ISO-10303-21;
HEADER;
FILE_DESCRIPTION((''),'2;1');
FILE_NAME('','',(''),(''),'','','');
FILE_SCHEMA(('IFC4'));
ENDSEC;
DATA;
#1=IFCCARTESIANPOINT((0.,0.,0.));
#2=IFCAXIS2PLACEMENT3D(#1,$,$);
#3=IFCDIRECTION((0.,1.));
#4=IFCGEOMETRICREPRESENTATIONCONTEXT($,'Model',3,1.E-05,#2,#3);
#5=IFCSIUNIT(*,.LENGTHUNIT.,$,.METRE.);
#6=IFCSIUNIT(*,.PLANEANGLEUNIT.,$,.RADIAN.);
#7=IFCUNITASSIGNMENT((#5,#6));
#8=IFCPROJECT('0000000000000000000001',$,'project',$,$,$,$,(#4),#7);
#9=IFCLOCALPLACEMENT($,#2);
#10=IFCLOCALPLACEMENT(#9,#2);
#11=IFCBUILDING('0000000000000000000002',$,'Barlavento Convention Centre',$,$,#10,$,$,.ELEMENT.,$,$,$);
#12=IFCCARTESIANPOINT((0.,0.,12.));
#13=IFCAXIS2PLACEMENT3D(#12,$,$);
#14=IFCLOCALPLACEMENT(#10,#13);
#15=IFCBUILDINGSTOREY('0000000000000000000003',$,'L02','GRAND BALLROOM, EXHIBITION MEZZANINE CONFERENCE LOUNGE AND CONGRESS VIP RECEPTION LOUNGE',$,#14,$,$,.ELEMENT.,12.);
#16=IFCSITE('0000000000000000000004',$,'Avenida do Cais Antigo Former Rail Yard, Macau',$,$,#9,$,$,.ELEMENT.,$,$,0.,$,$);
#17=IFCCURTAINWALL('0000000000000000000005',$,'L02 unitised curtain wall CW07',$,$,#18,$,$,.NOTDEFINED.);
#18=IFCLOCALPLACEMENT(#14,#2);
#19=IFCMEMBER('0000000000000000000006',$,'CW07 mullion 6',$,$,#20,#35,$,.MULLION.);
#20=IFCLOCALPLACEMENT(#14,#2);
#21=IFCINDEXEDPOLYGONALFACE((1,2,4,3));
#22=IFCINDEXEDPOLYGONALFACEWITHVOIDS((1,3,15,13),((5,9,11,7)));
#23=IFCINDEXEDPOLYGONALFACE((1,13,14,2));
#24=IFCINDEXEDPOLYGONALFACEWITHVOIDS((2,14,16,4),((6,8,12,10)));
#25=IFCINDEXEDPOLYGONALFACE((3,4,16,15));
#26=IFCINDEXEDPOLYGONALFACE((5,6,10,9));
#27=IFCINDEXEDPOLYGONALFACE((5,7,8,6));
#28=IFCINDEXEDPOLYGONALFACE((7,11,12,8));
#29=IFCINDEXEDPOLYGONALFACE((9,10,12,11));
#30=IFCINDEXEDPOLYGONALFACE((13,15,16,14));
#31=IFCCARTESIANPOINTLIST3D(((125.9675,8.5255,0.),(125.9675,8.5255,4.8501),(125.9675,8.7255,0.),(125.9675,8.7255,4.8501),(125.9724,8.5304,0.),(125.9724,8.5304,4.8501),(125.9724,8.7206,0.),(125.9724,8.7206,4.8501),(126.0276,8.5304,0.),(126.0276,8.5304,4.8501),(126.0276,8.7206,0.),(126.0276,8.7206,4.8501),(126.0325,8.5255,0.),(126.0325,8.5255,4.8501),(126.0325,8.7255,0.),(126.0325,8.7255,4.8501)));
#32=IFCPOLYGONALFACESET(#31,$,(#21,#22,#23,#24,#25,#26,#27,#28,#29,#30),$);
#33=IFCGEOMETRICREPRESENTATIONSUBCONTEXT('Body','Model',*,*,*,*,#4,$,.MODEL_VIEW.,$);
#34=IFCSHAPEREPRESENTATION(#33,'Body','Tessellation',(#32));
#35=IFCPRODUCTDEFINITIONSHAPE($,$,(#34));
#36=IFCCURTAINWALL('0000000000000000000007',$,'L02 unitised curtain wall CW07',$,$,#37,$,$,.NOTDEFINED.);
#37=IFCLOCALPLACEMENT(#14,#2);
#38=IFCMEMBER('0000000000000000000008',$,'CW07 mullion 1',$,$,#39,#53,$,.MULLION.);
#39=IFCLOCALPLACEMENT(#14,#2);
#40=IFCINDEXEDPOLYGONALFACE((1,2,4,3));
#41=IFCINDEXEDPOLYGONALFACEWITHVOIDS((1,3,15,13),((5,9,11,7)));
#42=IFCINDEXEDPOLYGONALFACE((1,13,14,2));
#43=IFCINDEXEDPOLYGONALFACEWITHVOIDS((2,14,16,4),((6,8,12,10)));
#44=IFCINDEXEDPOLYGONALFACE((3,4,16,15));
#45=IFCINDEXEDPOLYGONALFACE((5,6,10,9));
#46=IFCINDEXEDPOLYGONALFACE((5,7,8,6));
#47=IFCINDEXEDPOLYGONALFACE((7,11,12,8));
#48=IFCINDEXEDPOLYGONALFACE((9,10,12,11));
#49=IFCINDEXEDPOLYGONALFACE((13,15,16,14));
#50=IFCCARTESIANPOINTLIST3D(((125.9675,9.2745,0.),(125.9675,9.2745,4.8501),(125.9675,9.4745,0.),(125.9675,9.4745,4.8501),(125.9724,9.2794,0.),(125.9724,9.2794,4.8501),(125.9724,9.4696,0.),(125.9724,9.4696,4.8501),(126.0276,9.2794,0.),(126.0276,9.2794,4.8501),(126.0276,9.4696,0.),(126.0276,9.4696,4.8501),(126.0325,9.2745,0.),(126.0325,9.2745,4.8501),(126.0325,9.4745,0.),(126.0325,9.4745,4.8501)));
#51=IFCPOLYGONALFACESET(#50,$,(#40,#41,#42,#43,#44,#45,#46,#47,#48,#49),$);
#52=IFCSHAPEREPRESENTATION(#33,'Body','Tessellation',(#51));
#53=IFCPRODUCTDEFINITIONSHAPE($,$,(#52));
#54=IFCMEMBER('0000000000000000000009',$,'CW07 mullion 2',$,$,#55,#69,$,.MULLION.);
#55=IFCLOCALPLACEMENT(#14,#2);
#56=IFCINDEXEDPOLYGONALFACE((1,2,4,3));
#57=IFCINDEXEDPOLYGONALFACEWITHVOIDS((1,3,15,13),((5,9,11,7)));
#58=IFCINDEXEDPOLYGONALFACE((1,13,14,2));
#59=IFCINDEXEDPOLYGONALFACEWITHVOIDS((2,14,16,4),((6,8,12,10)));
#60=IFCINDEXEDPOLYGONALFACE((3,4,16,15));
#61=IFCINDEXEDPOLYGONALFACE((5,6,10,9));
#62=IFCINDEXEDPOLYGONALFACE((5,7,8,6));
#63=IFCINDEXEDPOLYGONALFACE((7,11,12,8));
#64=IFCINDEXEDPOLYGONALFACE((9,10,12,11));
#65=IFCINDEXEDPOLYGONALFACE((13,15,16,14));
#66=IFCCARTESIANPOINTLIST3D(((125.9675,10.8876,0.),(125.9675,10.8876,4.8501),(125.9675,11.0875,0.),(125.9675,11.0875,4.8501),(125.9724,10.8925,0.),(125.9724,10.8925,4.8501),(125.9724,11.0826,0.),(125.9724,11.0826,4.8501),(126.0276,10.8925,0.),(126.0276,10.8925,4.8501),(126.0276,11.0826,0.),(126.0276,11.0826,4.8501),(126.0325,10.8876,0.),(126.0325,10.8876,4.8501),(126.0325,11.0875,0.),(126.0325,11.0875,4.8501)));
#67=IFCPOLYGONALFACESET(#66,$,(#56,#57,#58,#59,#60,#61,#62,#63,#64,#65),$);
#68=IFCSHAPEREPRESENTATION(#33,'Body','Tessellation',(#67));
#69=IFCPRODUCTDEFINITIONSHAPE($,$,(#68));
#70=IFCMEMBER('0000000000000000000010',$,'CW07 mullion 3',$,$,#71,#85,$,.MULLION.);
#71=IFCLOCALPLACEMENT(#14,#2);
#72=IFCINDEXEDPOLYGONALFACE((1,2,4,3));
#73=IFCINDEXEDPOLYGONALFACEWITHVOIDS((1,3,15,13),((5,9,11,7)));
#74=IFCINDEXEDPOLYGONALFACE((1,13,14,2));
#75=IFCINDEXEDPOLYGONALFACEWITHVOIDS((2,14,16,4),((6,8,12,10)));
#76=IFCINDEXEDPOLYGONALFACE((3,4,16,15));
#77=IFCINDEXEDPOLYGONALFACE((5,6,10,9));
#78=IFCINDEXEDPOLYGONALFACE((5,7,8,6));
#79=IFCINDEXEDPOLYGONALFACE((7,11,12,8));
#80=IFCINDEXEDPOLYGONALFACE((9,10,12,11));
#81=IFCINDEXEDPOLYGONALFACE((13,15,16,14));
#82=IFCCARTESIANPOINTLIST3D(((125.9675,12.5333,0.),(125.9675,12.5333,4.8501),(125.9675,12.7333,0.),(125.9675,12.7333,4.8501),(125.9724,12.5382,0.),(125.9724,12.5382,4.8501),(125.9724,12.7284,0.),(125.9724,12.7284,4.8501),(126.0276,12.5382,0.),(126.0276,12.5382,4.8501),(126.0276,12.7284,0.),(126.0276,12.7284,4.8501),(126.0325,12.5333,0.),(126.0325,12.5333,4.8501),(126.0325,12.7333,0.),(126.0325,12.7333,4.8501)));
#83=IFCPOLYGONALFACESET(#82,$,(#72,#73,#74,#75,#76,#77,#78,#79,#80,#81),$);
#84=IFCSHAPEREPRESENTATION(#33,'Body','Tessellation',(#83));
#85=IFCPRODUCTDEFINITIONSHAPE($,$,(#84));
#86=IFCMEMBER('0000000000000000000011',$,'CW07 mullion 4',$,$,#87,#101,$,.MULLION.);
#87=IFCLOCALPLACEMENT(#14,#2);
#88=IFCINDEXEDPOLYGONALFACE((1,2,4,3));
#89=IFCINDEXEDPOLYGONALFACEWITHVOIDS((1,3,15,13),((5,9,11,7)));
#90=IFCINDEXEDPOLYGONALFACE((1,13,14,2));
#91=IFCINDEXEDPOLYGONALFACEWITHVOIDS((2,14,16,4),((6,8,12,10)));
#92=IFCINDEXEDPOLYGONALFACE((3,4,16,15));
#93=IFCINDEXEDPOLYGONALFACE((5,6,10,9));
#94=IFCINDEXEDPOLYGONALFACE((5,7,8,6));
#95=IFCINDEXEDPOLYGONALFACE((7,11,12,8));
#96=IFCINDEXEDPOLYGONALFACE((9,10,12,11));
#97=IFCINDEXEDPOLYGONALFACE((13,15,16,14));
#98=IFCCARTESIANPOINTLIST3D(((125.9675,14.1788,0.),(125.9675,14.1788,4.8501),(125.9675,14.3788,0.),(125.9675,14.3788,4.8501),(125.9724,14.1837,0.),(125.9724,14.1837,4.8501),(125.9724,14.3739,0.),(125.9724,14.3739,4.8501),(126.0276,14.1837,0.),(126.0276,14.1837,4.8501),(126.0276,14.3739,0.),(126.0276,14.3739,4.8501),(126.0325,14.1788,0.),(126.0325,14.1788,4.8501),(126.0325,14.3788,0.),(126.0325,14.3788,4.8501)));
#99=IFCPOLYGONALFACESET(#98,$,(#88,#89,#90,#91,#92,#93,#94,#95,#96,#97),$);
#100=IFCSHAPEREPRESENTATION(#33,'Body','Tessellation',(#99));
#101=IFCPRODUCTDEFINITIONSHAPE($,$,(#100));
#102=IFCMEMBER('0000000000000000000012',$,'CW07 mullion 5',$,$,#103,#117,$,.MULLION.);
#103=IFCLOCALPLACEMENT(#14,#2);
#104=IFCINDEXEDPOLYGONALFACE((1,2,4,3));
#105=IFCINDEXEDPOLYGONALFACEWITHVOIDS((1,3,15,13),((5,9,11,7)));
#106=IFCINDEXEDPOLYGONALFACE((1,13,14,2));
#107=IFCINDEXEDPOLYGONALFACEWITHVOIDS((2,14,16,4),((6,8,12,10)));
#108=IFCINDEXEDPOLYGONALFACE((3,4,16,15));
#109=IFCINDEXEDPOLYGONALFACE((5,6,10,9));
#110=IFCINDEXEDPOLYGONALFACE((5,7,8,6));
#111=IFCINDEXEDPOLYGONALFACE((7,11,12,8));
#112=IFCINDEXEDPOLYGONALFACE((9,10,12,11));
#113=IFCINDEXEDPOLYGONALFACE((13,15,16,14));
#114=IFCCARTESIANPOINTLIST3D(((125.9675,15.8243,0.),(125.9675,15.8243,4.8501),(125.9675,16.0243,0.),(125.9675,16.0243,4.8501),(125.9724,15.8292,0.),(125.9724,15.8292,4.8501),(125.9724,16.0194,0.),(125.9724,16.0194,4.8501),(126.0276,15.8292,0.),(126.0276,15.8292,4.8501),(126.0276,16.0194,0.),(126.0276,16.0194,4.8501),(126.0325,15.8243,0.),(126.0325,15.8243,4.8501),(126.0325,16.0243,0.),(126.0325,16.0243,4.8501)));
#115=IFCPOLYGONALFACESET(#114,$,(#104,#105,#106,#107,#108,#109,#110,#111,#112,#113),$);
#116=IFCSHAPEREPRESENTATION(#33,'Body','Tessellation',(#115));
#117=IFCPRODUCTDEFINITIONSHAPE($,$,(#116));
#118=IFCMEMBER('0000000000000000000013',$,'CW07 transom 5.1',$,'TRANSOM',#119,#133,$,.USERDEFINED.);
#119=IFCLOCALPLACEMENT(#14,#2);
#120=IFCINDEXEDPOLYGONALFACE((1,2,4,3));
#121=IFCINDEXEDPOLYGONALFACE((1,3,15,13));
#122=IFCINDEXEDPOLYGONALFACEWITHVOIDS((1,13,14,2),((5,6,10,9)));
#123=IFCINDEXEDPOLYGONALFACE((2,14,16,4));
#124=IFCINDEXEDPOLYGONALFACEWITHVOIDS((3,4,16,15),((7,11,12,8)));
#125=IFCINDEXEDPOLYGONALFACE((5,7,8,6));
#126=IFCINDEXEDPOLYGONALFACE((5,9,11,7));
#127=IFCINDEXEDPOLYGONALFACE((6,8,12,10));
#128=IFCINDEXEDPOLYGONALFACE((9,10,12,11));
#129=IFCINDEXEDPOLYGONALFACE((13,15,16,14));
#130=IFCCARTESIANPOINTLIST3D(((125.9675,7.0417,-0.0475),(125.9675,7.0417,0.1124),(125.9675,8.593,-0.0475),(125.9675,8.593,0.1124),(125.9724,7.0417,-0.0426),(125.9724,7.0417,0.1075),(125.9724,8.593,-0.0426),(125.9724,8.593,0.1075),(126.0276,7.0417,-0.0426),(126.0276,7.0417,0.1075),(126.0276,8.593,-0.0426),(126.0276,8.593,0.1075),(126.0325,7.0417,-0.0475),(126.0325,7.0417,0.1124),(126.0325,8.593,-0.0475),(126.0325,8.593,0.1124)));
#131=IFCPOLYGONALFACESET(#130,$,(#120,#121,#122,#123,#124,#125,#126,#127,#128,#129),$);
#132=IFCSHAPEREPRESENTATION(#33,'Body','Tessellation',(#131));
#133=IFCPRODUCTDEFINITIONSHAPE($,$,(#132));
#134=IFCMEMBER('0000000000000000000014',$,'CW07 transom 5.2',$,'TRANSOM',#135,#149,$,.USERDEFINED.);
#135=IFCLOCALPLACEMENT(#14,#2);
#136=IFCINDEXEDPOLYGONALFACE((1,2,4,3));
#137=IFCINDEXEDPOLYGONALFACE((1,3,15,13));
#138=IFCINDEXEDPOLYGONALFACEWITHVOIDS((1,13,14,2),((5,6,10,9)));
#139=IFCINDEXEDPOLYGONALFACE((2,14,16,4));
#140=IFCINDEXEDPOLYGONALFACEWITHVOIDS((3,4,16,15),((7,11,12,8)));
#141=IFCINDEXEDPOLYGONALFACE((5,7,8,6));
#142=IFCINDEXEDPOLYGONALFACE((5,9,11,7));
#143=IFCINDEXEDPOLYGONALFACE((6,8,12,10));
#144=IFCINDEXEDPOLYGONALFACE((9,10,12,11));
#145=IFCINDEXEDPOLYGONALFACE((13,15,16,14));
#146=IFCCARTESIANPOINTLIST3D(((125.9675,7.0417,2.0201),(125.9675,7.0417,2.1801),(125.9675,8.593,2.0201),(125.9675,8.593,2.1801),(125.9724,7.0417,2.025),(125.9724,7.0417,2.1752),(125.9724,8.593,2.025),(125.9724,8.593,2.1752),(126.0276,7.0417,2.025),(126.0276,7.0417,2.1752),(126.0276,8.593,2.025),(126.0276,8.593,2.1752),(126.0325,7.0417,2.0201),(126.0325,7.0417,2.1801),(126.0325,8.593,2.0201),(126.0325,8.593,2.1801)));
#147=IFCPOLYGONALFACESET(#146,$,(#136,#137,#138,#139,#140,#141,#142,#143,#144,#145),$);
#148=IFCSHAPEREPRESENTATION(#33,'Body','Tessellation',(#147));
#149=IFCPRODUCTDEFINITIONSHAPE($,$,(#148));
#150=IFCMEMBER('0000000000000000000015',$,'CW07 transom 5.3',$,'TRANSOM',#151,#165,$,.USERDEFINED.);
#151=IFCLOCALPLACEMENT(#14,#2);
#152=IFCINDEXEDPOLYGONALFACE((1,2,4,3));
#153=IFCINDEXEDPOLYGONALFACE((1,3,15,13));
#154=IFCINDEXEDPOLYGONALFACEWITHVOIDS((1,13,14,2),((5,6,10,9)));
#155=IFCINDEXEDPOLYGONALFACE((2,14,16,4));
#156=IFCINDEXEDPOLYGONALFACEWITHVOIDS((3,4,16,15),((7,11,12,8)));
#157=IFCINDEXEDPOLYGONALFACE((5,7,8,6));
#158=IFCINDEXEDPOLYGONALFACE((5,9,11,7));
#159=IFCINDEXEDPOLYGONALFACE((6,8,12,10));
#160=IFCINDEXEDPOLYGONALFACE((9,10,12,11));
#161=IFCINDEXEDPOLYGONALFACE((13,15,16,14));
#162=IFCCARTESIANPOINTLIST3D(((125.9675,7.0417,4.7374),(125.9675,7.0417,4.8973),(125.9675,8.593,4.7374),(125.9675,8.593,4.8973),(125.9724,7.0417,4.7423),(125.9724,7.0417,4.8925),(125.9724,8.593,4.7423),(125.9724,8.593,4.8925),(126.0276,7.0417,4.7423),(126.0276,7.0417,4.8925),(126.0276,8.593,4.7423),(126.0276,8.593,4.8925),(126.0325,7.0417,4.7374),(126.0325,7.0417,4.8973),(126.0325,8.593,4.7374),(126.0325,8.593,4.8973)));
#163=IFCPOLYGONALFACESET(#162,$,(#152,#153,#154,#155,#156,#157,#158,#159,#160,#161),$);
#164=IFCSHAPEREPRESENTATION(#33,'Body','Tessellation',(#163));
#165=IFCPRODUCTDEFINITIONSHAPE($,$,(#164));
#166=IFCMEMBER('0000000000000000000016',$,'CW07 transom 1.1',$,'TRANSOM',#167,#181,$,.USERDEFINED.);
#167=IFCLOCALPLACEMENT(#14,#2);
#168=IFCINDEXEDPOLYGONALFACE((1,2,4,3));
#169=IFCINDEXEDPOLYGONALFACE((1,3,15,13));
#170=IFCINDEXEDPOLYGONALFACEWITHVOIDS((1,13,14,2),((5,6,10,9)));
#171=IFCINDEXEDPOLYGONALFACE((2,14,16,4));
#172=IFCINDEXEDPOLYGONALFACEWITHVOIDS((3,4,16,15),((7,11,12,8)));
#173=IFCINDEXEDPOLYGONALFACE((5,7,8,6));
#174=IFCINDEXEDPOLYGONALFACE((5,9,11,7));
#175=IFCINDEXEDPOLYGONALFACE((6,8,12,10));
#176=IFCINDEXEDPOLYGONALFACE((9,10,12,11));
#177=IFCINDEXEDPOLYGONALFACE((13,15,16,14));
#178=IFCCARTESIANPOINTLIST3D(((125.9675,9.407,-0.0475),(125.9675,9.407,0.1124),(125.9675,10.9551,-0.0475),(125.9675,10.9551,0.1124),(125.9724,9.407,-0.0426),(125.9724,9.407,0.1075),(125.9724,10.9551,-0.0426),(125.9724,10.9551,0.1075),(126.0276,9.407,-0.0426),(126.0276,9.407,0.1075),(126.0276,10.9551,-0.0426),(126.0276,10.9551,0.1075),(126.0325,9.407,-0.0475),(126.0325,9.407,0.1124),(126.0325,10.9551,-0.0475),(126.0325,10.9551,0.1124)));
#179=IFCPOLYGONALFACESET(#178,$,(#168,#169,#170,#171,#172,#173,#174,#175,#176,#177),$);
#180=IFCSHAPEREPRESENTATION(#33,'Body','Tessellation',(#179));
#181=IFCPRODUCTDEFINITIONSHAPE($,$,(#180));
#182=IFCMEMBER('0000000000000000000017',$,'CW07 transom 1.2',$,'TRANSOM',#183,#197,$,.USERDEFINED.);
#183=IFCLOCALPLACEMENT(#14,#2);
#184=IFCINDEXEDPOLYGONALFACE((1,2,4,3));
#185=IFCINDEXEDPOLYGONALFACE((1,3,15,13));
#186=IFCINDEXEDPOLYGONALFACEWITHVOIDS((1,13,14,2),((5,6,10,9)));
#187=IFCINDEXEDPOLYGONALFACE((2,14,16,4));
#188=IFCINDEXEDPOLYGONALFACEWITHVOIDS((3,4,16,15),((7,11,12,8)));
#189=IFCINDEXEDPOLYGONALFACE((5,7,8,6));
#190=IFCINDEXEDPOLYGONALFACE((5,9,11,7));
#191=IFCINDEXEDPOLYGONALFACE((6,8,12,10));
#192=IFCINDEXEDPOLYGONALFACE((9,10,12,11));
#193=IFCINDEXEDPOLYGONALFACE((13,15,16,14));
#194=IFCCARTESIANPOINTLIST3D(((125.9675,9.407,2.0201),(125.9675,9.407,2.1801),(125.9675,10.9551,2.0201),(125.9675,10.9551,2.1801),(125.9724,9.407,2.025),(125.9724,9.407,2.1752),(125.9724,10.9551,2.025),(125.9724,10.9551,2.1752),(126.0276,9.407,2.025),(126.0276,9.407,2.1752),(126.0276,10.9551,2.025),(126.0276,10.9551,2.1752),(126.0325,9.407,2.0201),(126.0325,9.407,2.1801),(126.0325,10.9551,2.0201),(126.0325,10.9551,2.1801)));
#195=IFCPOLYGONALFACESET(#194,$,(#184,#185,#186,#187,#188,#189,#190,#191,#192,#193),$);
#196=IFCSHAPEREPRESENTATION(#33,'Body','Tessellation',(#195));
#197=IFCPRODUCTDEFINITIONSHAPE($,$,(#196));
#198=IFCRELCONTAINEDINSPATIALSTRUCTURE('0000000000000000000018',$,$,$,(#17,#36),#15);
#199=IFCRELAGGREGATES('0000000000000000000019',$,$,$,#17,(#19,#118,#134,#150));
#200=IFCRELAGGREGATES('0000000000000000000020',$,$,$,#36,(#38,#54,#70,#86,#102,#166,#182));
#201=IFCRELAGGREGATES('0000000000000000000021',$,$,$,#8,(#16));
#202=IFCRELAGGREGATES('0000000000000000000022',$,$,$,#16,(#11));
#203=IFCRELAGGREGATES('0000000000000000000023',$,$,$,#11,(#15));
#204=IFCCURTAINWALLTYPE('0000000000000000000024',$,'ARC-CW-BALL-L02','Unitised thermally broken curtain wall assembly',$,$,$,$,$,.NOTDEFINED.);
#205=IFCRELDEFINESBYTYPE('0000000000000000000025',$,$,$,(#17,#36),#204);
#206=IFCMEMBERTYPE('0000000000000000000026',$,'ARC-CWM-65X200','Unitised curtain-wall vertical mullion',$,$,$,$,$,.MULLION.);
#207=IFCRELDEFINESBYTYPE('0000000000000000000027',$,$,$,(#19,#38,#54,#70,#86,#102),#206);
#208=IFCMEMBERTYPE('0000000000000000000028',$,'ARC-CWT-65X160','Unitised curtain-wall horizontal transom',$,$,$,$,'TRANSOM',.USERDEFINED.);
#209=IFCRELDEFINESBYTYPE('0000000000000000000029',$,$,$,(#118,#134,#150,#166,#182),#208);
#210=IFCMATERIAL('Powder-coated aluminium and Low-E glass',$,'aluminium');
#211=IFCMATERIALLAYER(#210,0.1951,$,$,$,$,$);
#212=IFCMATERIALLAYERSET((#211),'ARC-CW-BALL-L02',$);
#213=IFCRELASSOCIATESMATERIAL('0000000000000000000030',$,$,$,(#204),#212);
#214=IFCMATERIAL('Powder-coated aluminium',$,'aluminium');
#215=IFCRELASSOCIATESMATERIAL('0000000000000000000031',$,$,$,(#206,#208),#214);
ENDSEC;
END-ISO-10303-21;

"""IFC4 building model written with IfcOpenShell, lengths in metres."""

from ifc_helpers import new_model, si_unit, direction, frame, origin, origin_2d, place, context, subcontext, project, spatial, hollow_rectangle, extrude, material, layer, layer_set, material_profile, profile_set, type_object, element, aggregate, save


model = new_model("IFC4")

# Units and contexts
model_context = context("Model", 3, precision=1e-05, world=origin(), true_north=direction((0.0, 1.0)))
body_context = subcontext(model_context, "Body", "Model", "MODEL_VIEW")
ifc_project = project(units=[si_unit("LENGTHUNIT", "METRE"), si_unit("PLANEANGLEUNIT", "RADIAN")], contexts=[model_context])

# Site, building, storey
site_placement = place(None, origin())
site = spatial("IfcSite", under=ifc_project, at=site_placement, Name="Avenida do Cais Antigo Former Rail Yard, Macau", CompositionType="ELEMENT", RefElevation=0.0)
building_placement = place(site_placement, origin())
building = spatial("IfcBuilding", under=site, at=building_placement, Name="Barlavento Convention Centre", CompositionType="ELEMENT")
storey_placement = place(building_placement, frame((0.0, 0.0, 12.0)))
storey = spatial("IfcBuildingStorey", under=building, at=storey_placement, Name="L02", Description="GRAND BALLROOM, EXHIBITION MEZZANINE CONFERENCE LOUNGE AND CONGRESS VIP RECEPTION LOUNGE", CompositionType="ELEMENT", Elevation=12.0)

# Curtain wall, member
ifc_material_1 = material(Name="Powder-coated aluminium and Low-E glass", Category="aluminium")
ifc_layer_1 = layer(ifc_material_1, 0.1951)
ifc_layer_set_1 = layer_set([ifc_layer_1], Name="ARC-CW-BALL-L02")
curtain_wall_type = type_object("IfcCurtainWallType", Name="ARC-CW-BALL-L02", Description="Unitised thermally broken curtain wall assembly", PredefinedType="NOTDEFINED", material=ifc_layer_set_1)
curtain_wall_1_placement = place(storey_placement, origin())
curtain_wall_1 = element("IfcCurtainWall", 1, at=curtain_wall_1_placement, inside=storey, type_object=curtain_wall_type, Name="L02 unitised curtain wall CW07", PredefinedType="NOTDEFINED")
ifc_material_2 = material(Name="Powder-coated aluminium", Category="aluminium")
ifc_material_profile_1 = material_profile(ifc_material_2, hollow_rectangle(XDim=0.0649, YDim=0.2, WallThickness=0.0049, at=origin_2d()), Name="AL-MULL 65x200x5")
ifc_profile_set_1 = profile_set([ifc_material_profile_1], Name="Powder-coated aluminium")
member_type_1 = type_object("IfcMemberType", Name="ARC-CWM-65X200", Description="Unitised curtain-wall vertical mullion", PredefinedType="MULLION", material=ifc_profile_set_1)
member_1_placement = place(storey_placement, frame((126.0, 8.6255, 0.0), z_axis=(0.0, 0.0, 1.0), x_axis=(-1.0, 0.0, 0.0)))
member_1 = element("IfcMember", 2, at=member_1_placement, type_object=member_type_1, Name="CW07 mullion 6", PredefinedType="MULLION", context=body_context, shape_type="SweptSolid", body=[
    extrude(hollow_rectangle(XDim=0.0649, YDim=0.2, WallThickness=0.0049, at=origin_2d()), origin(), (0.0, 0.0, 1.0), 4.8501),
])

# Curtain wall, members
curtain_wall_2_placement = place(storey_placement, origin())
curtain_wall_2 = element("IfcCurtainWall", 3, at=curtain_wall_2_placement, inside=storey, type_object=curtain_wall_type, Name="L02 unitised curtain wall CW07", PredefinedType="NOTDEFINED")
member_2_placement = place(storey_placement, frame((126.0, 9.3745, 0.0), z_axis=(0.0, 0.0, 1.0), x_axis=(-1.0, 0.0, 0.0)))
member_2 = element("IfcMember", 4, at=member_2_placement, type_object=member_type_1, Name="CW07 mullion 1", PredefinedType="MULLION", context=body_context, shape_type="SweptSolid", body=[
    extrude(hollow_rectangle(XDim=0.0649, YDim=0.2, WallThickness=0.0049, at=origin_2d()), origin(), (0.0, 0.0, 1.0), 4.8501),
])
member_3_placement = place(storey_placement, frame((126.0, 10.9875, 0.0), z_axis=(0.0, 0.0, 1.0), x_axis=(-1.0, 0.0, 0.0)))
member_3 = element("IfcMember", 5, at=member_3_placement, type_object=member_type_1, Name="CW07 mullion 2", PredefinedType="MULLION", context=body_context, shape_type="SweptSolid", body=[
    extrude(hollow_rectangle(XDim=0.0649, YDim=0.2, WallThickness=0.0049, at=origin_2d()), origin(), (0.0, 0.0, 1.0), 4.8501),
])
member_4_placement = place(storey_placement, frame((126.0, 12.6333, 0.0), z_axis=(0.0, 0.0, 1.0), x_axis=(-1.0, 0.0, 0.0)))
member_4 = element("IfcMember", 6, at=member_4_placement, type_object=member_type_1, Name="CW07 mullion 3", PredefinedType="MULLION", context=body_context, shape_type="SweptSolid", body=[
    extrude(hollow_rectangle(XDim=0.0649, YDim=0.2, WallThickness=0.0049, at=origin_2d()), origin(), (0.0, 0.0, 1.0), 4.8501),
])
member_5_placement = place(storey_placement, frame((126.0, 14.2788, 0.0), z_axis=(0.0, 0.0, 1.0), x_axis=(-1.0, 0.0, 0.0)))
member_5 = element("IfcMember", 7, at=member_5_placement, type_object=member_type_1, Name="CW07 mullion 4", PredefinedType="MULLION", context=body_context, shape_type="SweptSolid", body=[
    extrude(hollow_rectangle(XDim=0.0649, YDim=0.2, WallThickness=0.0049, at=origin_2d()), origin(), (0.0, 0.0, 1.0), 4.8501),
])
member_6_placement = place(storey_placement, frame((126.0, 15.9243, 0.0), z_axis=(0.0, 0.0, 1.0), x_axis=(-1.0, 0.0, 0.0)))
member_6 = element("IfcMember", 8, at=member_6_placement, type_object=member_type_1, Name="CW07 mullion 5", PredefinedType="MULLION", context=body_context, shape_type="SweptSolid", body=[
    extrude(hollow_rectangle(XDim=0.0649, YDim=0.2, WallThickness=0.0049, at=origin_2d()), origin(), (0.0, 0.0, 1.0), 4.8501),
])

# Members
ifc_material_profile_2 = material_profile(ifc_material_2, hollow_rectangle(XDim=0.0649, YDim=0.1599, WallThickness=0.0049, at=origin_2d()), Name="AL-TRAN 65x160x5")
ifc_profile_set_2 = profile_set([ifc_material_profile_2], Name="Powder-coated aluminium")
member_type_2 = type_object("IfcMemberType", Name="ARC-CWT-65X160", Description="Unitised curtain-wall horizontal transom", ElementType="TRANSOM", PredefinedType="USERDEFINED", material=ifc_profile_set_2)
member_7_placement = place(storey_placement, frame((126.0, 7.0417, 0.0325), z_axis=(0.0, 1.0, 0.0), x_axis=(-1.0, 0.0, 0.0)))
member_7 = element("IfcMember", 9, at=member_7_placement, type_object=member_type_2, Name="CW07 transom 5.1", ObjectType="TRANSOM", PredefinedType="USERDEFINED", context=body_context, shape_type="SweptSolid", body=[
    extrude(hollow_rectangle(XDim=0.0649, YDim=0.1599, WallThickness=0.0049, at=origin_2d()), origin(), (0.0, 0.0, 1.0), 1.5513),
])
member_8_placement = place(storey_placement, frame((126.0, 7.0417, 2.1001), z_axis=(0.0, 1.0, 0.0), x_axis=(-1.0, 0.0, 0.0)))
member_8 = element("IfcMember", 10, at=member_8_placement, type_object=member_type_2, Name="CW07 transom 5.2", ObjectType="TRANSOM", PredefinedType="USERDEFINED", context=body_context, shape_type="SweptSolid", body=[
    extrude(hollow_rectangle(XDim=0.0649, YDim=0.1599, WallThickness=0.0049, at=origin_2d()), origin(), (0.0, 0.0, 1.0), 1.5513),
])
member_9_placement = place(storey_placement, frame((126.0, 7.0417, 4.8174), z_axis=(0.0, 1.0, 0.0), x_axis=(-1.0, 0.0, 0.0)))
member_9 = element("IfcMember", 11, at=member_9_placement, type_object=member_type_2, Name="CW07 transom 5.3", ObjectType="TRANSOM", PredefinedType="USERDEFINED", context=body_context, shape_type="SweptSolid", body=[
    extrude(hollow_rectangle(XDim=0.0649, YDim=0.1599, WallThickness=0.0049, at=origin_2d()), origin(), (0.0, 0.0, 1.0), 1.5513),
])
member_10_placement = place(storey_placement, frame((126.0, 9.407, 0.0325), z_axis=(0.0, 1.0, 0.0), x_axis=(-1.0, 0.0, 0.0)))
member_10 = element("IfcMember", 12, at=member_10_placement, type_object=member_type_2, Name="CW07 transom 1.1", ObjectType="TRANSOM", PredefinedType="USERDEFINED", context=body_context, shape_type="SweptSolid", body=[
    extrude(hollow_rectangle(XDim=0.0649, YDim=0.1599, WallThickness=0.0049, at=origin_2d()), origin(), (0.0, 0.0, 1.0), 1.5481),
])
member_11_placement = place(storey_placement, frame((126.0, 9.407, 2.1001), z_axis=(0.0, 1.0, 0.0), x_axis=(-1.0, 0.0, 0.0)))
member_11 = element("IfcMember", 13, at=member_11_placement, type_object=member_type_2, Name="CW07 transom 1.2", ObjectType="TRANSOM", PredefinedType="USERDEFINED", context=body_context, shape_type="SweptSolid", body=[
    extrude(hollow_rectangle(XDim=0.0649, YDim=0.1599, WallThickness=0.0049, at=origin_2d()), origin(), (0.0, 0.0, 1.0), 1.5481),
])

aggregate(curtain_wall_1, [member_1, member_7, member_8, member_9])
aggregate(curtain_wall_2, [member_2, member_3, member_4, member_5, member_6, member_10, member_11])

save(model, "model.ifc")
